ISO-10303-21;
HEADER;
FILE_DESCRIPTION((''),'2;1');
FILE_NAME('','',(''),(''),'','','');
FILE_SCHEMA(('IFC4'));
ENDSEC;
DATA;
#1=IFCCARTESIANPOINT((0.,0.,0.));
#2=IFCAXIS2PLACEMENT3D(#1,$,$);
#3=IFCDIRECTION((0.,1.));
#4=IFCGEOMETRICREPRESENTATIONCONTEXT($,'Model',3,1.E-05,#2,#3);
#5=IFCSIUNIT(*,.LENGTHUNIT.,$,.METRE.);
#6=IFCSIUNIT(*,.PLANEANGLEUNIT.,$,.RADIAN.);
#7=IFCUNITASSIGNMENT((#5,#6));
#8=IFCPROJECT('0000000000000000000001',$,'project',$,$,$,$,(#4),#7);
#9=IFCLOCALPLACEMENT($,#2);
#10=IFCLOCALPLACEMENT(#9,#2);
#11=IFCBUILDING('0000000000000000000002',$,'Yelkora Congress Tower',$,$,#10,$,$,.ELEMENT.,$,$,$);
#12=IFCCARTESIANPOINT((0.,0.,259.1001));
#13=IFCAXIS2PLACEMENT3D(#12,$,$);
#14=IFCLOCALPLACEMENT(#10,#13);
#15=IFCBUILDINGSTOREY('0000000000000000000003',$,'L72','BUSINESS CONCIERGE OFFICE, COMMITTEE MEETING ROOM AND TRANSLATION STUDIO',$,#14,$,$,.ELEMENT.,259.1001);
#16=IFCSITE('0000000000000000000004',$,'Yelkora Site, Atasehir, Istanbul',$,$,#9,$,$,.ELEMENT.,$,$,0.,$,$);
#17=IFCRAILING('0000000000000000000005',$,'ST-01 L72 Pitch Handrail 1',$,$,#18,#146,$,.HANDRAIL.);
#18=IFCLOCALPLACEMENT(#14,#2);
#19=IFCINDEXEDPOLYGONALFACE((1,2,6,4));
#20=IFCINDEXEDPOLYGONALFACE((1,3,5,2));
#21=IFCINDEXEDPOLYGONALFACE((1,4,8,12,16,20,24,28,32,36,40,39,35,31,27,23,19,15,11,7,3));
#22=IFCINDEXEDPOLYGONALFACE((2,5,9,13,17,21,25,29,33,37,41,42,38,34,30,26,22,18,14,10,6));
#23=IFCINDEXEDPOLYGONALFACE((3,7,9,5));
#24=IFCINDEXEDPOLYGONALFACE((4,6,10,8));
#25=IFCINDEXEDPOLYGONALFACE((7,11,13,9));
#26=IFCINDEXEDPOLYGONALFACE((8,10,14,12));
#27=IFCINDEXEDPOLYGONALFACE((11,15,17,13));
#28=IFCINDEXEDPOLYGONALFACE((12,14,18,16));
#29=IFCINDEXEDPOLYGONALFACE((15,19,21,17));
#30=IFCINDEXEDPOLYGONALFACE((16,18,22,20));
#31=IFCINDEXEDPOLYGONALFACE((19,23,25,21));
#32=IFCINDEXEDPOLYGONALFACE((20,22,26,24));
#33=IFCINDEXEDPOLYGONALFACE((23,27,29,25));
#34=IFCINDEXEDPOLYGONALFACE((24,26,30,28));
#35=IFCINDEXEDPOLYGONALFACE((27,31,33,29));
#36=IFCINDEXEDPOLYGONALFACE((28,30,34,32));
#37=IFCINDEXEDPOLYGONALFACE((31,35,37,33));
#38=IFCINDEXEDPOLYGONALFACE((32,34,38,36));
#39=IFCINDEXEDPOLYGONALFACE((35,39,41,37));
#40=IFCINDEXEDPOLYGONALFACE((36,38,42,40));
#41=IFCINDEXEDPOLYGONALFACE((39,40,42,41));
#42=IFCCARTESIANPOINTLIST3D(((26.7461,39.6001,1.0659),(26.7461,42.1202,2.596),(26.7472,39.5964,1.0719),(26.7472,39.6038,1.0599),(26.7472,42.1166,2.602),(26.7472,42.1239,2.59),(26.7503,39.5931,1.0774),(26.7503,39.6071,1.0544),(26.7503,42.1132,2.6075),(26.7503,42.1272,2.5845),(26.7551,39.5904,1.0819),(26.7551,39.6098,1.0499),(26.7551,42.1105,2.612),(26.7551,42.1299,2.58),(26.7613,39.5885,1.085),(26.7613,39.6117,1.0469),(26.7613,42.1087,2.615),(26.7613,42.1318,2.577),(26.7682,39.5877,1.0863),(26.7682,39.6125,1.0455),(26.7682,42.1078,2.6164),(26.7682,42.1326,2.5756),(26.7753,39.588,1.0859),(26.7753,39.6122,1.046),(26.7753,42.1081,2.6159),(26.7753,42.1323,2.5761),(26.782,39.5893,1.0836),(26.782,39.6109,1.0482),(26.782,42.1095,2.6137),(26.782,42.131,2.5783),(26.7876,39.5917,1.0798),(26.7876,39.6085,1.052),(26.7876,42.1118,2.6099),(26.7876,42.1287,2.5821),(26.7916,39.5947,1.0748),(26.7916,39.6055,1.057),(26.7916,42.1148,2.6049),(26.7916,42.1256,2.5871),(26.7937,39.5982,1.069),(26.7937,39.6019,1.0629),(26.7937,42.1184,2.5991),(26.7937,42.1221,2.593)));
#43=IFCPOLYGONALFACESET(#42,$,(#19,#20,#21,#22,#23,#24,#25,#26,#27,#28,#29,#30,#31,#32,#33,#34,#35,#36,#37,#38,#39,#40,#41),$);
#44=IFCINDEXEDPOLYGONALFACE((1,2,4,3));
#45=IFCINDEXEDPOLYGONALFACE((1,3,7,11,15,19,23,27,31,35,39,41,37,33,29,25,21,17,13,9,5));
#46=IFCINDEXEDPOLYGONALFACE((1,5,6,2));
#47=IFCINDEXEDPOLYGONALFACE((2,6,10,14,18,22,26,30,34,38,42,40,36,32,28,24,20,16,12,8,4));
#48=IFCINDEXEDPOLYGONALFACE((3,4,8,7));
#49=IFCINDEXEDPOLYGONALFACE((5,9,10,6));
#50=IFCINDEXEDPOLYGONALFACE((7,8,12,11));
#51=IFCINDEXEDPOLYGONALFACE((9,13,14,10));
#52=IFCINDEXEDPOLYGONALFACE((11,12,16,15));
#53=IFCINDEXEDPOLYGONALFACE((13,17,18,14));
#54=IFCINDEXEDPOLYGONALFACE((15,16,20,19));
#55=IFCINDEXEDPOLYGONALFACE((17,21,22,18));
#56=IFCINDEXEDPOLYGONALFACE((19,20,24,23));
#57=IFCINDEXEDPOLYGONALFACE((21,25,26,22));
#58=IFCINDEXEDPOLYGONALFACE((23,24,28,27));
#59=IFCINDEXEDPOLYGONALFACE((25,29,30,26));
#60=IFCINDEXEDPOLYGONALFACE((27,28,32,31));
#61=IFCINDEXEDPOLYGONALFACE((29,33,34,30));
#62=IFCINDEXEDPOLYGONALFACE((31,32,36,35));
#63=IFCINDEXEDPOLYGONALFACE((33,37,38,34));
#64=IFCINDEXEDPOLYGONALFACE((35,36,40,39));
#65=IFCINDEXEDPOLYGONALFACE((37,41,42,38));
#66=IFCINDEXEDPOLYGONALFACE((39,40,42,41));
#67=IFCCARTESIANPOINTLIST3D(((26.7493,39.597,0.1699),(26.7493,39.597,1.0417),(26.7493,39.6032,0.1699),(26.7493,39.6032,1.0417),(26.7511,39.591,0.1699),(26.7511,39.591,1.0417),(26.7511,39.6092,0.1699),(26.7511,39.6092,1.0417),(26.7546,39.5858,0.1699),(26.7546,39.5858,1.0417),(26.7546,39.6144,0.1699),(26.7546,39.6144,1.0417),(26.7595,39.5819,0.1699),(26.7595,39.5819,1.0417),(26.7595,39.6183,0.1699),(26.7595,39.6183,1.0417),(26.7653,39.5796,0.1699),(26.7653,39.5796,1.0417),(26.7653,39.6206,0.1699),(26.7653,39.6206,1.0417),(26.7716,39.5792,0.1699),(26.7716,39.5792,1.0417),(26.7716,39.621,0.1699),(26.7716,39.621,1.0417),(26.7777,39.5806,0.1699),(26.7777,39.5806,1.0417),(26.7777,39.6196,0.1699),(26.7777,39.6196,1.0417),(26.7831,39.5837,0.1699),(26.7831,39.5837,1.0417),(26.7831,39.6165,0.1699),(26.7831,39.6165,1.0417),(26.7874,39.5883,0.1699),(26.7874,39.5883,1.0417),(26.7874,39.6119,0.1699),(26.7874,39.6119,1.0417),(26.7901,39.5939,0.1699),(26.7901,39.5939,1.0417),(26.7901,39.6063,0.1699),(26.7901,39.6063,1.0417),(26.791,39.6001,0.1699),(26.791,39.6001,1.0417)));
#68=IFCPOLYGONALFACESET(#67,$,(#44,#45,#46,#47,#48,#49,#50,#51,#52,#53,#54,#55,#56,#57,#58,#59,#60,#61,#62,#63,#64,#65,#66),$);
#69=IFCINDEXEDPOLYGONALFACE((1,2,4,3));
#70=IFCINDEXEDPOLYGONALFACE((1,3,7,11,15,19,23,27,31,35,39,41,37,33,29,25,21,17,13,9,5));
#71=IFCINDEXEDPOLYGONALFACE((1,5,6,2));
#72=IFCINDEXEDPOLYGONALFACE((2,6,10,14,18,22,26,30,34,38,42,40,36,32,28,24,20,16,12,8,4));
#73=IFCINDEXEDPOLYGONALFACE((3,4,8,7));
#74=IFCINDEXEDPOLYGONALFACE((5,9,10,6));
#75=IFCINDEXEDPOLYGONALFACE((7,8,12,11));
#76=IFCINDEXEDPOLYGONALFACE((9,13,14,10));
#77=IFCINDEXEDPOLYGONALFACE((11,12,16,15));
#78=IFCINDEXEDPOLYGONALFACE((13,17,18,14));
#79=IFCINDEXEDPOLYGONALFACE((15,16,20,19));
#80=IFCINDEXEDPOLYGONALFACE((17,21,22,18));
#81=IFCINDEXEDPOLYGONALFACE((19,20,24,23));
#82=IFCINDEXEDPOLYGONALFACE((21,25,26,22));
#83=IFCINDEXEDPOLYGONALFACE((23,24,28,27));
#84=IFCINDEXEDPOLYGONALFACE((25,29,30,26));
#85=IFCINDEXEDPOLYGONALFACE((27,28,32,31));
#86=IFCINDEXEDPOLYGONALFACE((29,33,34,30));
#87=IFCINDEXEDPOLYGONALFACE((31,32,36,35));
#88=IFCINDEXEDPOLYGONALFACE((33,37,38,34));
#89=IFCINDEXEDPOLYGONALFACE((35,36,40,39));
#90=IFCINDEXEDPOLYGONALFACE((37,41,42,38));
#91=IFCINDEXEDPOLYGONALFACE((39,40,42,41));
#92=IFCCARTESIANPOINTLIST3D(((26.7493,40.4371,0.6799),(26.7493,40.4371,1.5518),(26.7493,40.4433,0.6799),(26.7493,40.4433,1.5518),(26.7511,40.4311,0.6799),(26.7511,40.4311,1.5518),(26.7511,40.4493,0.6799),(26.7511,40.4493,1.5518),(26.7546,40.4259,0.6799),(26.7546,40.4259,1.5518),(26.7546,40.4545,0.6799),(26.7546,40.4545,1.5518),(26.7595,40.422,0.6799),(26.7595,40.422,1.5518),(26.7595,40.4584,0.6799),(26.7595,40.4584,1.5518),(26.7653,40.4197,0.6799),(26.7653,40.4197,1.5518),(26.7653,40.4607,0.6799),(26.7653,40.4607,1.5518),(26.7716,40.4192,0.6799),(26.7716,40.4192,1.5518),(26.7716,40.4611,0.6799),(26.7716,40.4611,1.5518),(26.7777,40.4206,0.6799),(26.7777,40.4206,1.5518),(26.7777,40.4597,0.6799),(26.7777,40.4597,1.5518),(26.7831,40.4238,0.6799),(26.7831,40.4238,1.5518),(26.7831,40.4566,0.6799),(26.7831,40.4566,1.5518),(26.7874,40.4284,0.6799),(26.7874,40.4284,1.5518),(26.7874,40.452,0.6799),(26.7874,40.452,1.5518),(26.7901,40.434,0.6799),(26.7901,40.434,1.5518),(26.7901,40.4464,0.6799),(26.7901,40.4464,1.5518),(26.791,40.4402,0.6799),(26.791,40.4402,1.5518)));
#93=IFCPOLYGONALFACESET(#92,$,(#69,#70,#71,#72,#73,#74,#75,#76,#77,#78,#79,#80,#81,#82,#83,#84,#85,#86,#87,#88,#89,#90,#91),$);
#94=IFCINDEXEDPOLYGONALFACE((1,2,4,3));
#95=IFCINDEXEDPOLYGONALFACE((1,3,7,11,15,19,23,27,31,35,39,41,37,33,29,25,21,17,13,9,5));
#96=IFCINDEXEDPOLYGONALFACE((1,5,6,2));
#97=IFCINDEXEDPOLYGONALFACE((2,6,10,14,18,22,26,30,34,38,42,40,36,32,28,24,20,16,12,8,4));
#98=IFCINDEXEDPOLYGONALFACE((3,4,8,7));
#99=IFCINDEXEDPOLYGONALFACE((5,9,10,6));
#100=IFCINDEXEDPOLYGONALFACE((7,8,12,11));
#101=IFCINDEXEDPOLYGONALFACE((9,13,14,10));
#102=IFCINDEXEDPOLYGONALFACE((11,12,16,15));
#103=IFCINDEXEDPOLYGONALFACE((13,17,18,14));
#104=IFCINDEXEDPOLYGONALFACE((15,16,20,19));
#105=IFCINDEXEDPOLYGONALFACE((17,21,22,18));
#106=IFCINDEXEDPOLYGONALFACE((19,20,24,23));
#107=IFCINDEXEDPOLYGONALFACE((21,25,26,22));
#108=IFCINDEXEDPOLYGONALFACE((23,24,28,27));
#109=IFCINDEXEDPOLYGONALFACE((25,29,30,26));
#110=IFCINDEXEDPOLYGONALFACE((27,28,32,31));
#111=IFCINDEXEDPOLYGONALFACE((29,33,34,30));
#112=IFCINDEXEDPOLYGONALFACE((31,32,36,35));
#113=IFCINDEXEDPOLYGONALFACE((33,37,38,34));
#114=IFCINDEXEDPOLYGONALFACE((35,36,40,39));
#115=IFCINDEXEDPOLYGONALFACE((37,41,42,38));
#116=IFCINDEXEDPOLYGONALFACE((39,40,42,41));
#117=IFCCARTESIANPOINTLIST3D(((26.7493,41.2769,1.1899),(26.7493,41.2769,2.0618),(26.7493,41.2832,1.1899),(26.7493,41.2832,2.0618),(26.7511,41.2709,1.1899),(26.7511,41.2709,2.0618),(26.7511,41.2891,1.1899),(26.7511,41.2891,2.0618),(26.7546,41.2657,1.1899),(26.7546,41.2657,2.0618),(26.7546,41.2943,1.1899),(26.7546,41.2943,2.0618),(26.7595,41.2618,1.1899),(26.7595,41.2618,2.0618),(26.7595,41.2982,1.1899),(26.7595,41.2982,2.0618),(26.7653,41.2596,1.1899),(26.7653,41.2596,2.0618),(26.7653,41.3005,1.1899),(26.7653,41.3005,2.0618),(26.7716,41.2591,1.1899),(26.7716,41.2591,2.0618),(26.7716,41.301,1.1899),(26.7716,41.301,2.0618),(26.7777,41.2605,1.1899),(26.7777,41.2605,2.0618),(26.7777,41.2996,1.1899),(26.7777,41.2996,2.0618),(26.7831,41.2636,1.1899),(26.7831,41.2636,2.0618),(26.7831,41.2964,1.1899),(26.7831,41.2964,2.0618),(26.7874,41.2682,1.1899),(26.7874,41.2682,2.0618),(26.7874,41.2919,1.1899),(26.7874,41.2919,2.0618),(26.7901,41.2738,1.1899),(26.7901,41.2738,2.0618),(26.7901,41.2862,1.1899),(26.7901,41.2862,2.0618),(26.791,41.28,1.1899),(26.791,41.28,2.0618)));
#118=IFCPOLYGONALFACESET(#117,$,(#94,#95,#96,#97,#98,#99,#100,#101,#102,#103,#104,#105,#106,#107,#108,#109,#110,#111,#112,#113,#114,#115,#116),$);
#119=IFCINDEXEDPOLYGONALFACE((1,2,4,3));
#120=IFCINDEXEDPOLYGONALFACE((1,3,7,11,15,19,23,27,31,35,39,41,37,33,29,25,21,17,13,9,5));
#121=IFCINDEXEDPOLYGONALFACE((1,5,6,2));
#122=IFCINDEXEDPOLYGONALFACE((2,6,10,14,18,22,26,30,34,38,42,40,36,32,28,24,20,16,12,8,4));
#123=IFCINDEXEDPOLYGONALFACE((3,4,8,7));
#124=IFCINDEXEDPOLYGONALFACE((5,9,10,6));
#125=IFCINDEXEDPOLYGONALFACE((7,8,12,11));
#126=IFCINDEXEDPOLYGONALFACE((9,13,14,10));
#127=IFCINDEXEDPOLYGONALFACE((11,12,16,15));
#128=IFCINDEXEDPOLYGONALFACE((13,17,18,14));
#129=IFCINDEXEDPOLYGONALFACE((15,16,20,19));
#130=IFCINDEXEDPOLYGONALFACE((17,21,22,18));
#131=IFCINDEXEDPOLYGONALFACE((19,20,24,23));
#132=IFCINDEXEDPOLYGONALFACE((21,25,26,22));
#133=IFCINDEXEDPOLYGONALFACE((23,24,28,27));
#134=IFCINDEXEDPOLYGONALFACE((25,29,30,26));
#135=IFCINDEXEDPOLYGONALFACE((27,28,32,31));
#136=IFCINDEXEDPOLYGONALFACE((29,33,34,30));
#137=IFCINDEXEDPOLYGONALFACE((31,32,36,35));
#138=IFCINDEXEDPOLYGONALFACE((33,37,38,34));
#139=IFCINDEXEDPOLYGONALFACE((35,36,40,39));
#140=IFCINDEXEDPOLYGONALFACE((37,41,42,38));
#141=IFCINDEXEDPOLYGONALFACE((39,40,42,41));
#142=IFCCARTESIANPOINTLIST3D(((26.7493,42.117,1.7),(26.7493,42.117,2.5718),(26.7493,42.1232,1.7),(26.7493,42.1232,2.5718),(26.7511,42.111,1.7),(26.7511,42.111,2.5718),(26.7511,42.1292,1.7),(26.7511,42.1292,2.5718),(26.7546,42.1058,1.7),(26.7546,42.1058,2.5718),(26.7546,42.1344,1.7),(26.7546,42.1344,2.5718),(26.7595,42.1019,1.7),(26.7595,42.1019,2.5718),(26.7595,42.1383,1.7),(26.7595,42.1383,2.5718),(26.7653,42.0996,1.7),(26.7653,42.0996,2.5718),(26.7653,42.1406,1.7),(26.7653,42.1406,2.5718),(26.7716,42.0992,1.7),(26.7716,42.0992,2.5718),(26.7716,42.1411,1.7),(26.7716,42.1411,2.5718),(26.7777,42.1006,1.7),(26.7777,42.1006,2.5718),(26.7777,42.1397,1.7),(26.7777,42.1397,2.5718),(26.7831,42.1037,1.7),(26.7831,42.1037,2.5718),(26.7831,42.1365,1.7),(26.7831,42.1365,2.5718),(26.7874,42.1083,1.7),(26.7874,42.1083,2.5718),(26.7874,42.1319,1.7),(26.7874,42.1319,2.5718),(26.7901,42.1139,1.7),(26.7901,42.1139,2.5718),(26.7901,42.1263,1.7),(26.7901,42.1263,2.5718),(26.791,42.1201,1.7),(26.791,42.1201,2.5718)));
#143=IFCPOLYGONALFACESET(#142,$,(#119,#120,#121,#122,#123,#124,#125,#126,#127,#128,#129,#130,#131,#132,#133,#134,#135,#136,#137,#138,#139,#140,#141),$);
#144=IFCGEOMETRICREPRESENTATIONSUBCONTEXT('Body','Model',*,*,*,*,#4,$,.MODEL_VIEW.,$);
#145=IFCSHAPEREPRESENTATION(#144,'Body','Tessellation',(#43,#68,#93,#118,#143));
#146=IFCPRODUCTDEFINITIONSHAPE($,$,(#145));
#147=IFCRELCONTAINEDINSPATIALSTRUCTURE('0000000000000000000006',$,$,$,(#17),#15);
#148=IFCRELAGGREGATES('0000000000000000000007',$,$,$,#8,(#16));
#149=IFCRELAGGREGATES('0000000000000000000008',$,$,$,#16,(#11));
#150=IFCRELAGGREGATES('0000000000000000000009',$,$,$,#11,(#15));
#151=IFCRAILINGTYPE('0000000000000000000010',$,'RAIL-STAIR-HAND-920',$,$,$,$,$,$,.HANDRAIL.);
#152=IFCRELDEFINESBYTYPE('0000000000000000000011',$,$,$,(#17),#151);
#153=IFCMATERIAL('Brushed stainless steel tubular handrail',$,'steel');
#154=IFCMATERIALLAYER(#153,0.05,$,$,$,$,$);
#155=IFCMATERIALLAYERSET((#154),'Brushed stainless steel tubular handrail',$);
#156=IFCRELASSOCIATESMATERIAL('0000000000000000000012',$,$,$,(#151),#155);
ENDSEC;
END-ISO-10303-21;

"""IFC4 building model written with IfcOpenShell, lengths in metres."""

from ifc_helpers import new_model, si_unit, direction, frame, origin, origin_2d, place, context, subcontext, project, spatial, circle, extrude, material, layer, layer_set, type_object, element, save


model = new_model("IFC4")

# Units and contexts
model_context = context("Model", 3, precision=1e-05, world=origin(), true_north=direction((0.0, 1.0)))
body_context = subcontext(model_context, "Body", "Model", "MODEL_VIEW")
ifc_project = project(units=[si_unit("LENGTHUNIT", "METRE"), si_unit("PLANEANGLEUNIT", "RADIAN")], contexts=[model_context])

# Site, building, storey
site_placement = place(None, origin())
site = spatial("IfcSite", under=ifc_project, at=site_placement, Name="Yelkora Site, Atasehir, Istanbul", CompositionType="ELEMENT", RefElevation=0.0)
building_placement = place(site_placement, origin())
building = spatial("IfcBuilding", under=site, at=building_placement, Name="Yelkora Congress Tower", CompositionType="ELEMENT")
storey_placement = place(building_placement, frame((0.0, 0.0, 259.1001)))
storey = spatial("IfcBuildingStorey", under=building, at=storey_placement, Name="L72", Description="BUSINESS CONCIERGE OFFICE, COMMITTEE MEETING ROOM AND TRANSLATION STUDIO", CompositionType="ELEMENT", Elevation=259.1001)

# Railing
ifc_material_1 = material(Name="Brushed stainless steel tubular handrail", Category="steel")
ifc_layer_1 = layer(ifc_material_1, 0.05)
ifc_layer_set_1 = layer_set([ifc_layer_1], Name="Brushed stainless steel tubular handrail")
railing_type_1 = type_object("IfcRailingType", Name="RAIL-STAIR-HAND-920", PredefinedType="HANDRAIL", material=ifc_layer_set_1)
railing_1_placement = place(storey_placement, frame((26.77, 39.6001, 0.1699)))
element("IfcRailing", 1, at=railing_1_placement, inside=storey, type_object=railing_type_1, Name="ST-01 L72 Pitch Handrail 1", PredefinedType="HANDRAIL", context=body_context, shape_type="SweptSolid", body=[
    extrude(circle(Radius=0.0239, at=origin_2d()), frame((0.0, 0.0, 0.896), z_axis=(0.0, 0.854785, 0.518982), x_axis=(-1.0, 0.0, 0.0)), (0.0, 0.0, 1.0), 2.9482),
    extrude(circle(Radius=0.021, at=origin_2d()), origin(), (0.0, 0.0, 1.0), 0.8718),
    extrude(circle(Radius=0.021, at=origin_2d()), frame((0.0, 0.8401, 0.51)), (0.0, 0.0, 1.0), 0.8718),
    extrude(circle(Radius=0.021, at=origin_2d()), frame((0.0, 1.6799, 1.02)), (0.0, 0.0, 1.0), 0.8718),
    extrude(circle(Radius=0.021, at=origin_2d()), frame((0.0, 2.52, 1.53)), (0.0, 0.0, 1.0), 0.8718),
])

save(model, "model.ifc")
